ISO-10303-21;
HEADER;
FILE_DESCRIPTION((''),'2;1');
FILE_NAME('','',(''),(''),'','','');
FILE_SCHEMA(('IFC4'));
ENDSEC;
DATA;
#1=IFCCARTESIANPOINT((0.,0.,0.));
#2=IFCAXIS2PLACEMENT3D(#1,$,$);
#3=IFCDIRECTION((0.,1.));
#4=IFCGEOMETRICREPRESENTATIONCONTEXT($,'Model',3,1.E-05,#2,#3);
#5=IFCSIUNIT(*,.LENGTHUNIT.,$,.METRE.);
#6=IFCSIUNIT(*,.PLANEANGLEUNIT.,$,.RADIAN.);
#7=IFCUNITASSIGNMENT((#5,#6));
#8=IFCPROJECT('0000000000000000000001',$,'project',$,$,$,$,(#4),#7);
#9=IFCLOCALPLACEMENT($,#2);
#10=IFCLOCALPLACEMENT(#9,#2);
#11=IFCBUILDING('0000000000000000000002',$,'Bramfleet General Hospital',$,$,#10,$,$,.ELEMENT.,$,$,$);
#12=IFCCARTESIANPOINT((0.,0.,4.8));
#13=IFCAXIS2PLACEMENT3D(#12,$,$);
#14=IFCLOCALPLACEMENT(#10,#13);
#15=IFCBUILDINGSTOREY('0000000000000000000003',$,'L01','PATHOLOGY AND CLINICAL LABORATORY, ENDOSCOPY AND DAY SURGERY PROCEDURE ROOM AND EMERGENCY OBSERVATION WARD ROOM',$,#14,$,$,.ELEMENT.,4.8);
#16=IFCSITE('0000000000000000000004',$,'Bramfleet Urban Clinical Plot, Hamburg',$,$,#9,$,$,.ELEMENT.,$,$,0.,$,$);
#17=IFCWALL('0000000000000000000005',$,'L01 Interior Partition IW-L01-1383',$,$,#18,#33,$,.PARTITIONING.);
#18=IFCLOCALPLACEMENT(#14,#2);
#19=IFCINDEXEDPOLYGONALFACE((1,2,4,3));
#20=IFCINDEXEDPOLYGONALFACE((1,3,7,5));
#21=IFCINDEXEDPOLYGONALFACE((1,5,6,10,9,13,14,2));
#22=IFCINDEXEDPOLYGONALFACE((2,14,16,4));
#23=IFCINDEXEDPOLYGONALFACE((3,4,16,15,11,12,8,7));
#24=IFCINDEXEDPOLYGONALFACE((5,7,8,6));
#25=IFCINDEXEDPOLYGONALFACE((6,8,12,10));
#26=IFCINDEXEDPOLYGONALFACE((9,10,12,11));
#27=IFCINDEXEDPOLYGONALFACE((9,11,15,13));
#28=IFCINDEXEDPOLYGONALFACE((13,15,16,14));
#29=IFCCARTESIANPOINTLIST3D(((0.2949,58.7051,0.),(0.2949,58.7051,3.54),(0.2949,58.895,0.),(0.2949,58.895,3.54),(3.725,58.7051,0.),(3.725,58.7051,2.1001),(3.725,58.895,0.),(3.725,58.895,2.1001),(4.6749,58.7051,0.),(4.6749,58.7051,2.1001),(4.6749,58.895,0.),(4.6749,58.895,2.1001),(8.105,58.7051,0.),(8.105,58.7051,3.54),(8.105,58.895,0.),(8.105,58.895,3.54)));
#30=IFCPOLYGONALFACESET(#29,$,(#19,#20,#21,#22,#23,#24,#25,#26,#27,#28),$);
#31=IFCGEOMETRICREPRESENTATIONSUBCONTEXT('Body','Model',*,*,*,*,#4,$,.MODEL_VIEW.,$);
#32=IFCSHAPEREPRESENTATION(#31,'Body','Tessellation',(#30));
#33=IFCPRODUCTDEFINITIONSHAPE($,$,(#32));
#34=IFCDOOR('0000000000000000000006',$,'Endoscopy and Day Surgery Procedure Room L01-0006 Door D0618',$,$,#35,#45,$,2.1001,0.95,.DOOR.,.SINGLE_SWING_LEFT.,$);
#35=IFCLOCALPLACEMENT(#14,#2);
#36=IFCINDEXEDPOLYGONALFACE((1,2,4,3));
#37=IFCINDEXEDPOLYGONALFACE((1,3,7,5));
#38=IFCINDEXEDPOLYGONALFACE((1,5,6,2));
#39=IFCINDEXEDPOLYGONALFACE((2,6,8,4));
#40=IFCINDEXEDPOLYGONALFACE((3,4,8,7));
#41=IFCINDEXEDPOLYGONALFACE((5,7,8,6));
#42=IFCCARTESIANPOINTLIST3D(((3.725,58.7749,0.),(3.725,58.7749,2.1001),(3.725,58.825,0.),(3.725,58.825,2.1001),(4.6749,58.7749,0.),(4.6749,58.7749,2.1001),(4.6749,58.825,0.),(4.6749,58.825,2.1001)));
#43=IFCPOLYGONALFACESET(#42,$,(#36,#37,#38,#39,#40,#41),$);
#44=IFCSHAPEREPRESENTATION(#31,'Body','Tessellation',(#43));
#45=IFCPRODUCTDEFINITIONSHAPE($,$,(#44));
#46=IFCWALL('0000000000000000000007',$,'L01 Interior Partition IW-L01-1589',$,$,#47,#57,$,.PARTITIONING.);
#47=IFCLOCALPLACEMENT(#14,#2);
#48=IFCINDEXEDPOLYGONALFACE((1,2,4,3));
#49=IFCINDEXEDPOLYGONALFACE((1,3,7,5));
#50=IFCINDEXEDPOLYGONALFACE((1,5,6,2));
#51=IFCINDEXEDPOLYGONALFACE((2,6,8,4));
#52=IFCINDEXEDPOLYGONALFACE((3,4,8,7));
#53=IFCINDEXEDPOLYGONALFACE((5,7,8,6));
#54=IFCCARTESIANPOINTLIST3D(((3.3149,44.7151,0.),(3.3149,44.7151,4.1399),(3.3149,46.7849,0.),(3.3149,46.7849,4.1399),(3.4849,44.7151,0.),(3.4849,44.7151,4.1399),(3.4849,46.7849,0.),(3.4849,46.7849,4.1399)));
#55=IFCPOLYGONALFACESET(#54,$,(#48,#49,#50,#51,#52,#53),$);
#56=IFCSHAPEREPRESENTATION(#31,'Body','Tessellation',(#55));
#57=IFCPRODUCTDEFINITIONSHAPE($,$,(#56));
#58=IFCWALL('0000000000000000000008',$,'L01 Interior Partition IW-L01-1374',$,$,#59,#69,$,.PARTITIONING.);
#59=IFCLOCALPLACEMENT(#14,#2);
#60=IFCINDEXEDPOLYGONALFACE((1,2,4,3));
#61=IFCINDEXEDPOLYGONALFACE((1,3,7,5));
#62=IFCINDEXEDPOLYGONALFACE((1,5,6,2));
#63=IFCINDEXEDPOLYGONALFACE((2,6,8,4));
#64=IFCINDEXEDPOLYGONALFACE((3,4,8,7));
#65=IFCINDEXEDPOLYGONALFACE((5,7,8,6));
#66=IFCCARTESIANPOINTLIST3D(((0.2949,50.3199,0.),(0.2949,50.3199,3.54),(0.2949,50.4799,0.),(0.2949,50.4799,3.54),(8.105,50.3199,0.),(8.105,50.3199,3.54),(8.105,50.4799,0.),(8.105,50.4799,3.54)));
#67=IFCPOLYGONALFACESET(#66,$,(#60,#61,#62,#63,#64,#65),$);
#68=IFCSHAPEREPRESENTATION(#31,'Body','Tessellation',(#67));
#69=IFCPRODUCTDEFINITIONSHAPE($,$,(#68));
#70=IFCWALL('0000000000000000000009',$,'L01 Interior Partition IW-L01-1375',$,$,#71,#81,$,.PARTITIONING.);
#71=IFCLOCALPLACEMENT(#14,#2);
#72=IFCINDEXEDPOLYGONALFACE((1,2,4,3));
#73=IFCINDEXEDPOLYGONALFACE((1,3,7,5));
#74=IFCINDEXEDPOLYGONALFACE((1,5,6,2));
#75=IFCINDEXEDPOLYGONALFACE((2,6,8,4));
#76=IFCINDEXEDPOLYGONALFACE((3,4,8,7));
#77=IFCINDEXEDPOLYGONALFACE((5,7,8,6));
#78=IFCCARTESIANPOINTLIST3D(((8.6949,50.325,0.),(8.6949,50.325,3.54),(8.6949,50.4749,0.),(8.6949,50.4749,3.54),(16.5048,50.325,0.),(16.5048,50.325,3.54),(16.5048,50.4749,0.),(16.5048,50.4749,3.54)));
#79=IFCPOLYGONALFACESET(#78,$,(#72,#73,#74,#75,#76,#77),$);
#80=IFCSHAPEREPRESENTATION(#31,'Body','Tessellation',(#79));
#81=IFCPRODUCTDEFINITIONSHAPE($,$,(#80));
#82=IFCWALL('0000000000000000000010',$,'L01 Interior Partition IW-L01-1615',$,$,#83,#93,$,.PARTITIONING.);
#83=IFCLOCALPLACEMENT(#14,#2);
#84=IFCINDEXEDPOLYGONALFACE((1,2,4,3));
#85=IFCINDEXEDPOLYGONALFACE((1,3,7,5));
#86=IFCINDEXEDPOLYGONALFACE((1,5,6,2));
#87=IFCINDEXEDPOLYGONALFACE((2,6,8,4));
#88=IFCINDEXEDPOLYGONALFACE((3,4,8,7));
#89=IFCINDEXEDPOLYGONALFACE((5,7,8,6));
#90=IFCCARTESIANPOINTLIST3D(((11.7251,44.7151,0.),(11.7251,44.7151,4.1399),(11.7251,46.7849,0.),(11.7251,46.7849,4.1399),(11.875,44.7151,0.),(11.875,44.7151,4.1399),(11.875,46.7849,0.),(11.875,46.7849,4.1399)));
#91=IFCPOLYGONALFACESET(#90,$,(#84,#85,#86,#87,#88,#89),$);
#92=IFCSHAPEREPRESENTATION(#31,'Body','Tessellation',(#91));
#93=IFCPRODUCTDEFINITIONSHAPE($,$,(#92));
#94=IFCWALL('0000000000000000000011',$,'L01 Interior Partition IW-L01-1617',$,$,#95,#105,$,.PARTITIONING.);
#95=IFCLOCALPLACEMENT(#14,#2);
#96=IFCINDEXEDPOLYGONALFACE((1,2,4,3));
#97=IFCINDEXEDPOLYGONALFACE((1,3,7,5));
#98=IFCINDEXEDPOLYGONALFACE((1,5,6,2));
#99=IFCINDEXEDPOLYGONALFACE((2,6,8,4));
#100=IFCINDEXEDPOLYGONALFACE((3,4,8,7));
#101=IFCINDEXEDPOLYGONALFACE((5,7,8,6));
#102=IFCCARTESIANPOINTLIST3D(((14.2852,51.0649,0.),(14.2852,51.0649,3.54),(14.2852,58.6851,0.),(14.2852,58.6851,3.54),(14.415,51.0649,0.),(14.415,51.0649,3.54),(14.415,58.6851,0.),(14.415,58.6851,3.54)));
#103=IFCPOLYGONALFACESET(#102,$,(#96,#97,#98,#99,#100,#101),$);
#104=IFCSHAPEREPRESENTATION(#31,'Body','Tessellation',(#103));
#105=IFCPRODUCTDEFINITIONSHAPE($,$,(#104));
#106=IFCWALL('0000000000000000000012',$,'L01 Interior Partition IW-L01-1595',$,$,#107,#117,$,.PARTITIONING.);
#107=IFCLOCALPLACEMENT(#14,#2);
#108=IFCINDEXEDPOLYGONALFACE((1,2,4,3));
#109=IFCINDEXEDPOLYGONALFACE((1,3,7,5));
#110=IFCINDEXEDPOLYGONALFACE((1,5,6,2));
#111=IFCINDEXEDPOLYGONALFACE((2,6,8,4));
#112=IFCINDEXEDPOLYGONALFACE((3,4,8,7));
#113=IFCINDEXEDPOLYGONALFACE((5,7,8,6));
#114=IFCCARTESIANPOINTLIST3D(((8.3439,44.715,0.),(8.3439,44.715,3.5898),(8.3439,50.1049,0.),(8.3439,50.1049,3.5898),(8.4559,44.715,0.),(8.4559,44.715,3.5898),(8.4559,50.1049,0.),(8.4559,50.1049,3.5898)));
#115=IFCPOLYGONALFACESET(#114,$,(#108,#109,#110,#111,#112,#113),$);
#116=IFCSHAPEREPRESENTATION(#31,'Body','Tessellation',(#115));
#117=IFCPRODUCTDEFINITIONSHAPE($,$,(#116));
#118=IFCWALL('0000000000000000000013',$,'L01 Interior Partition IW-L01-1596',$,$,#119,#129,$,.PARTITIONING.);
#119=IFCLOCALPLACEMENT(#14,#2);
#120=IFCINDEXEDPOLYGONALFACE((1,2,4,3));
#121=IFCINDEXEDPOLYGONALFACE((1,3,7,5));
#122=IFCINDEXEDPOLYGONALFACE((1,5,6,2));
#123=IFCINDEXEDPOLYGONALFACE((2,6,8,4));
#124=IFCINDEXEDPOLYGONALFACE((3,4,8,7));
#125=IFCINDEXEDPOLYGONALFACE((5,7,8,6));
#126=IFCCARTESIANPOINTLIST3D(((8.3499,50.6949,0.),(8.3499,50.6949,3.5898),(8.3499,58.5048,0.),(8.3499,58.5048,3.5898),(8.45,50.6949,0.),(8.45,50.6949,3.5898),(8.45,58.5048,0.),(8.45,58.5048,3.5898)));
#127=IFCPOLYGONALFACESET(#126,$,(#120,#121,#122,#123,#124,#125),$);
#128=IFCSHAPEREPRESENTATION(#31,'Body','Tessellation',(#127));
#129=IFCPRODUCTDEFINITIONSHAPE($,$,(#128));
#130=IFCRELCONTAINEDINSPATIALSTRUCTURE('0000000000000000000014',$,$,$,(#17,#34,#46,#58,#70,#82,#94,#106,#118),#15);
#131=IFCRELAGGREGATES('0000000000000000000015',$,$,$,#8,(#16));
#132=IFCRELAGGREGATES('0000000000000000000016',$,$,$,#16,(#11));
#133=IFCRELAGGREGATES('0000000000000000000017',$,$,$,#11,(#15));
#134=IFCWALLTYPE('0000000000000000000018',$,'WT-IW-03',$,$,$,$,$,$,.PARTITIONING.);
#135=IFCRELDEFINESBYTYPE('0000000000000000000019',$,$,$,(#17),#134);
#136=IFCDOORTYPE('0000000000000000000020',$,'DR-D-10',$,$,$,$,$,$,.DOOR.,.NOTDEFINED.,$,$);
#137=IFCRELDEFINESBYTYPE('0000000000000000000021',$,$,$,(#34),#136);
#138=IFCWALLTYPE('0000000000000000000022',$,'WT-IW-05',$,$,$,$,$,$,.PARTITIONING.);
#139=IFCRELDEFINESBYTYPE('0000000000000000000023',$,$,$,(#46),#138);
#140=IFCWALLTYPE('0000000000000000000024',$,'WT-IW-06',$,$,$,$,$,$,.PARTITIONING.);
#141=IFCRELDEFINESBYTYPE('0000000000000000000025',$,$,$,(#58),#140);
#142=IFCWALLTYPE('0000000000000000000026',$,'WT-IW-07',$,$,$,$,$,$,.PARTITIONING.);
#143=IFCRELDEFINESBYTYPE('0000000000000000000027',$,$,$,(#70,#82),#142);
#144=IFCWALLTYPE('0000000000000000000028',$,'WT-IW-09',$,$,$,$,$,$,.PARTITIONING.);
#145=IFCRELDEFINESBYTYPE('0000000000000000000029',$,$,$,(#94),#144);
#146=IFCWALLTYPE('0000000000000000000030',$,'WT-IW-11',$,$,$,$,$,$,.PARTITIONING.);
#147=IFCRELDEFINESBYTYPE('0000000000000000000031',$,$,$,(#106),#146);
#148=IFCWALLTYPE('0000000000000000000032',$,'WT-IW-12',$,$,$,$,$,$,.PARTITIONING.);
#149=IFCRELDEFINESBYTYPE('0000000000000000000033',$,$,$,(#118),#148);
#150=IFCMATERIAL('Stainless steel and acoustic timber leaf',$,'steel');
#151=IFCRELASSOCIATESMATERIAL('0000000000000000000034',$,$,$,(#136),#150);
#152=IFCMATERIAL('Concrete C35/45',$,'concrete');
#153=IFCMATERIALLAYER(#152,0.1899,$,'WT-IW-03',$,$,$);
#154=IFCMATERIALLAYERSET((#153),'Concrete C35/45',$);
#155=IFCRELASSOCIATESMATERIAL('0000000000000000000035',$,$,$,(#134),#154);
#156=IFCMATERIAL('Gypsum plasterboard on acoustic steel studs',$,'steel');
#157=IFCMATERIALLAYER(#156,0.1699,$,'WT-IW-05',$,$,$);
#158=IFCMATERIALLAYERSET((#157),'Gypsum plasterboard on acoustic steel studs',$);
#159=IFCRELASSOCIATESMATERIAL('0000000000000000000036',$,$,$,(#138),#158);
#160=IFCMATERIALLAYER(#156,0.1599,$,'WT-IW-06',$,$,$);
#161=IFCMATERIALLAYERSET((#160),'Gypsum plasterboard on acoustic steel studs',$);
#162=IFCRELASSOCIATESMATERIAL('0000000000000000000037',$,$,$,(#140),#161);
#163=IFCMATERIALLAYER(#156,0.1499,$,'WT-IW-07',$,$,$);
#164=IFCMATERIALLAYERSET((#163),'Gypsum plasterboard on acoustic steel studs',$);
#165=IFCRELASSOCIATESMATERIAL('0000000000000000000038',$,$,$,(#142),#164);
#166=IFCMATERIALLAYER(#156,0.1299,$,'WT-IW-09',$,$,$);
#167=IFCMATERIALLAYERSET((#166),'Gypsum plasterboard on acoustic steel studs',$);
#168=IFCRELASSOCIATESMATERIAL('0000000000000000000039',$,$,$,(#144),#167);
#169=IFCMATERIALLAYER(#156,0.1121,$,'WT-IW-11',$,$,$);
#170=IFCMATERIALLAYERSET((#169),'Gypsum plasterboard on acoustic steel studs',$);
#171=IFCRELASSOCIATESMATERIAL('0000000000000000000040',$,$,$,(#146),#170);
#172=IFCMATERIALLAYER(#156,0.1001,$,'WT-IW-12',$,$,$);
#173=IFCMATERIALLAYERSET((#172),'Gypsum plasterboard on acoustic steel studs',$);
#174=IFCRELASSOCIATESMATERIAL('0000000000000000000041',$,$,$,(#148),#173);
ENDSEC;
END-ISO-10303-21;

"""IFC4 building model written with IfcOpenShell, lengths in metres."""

from ifc_helpers import new_model, si_unit, direction, frame, frame_2d, origin, place, context, subcontext, project, spatial, rectangle, extrude, material, layer, layer_set, type_object, element, fill, save


model = new_model("IFC4")

# Units and contexts
model_context = context("Model", 3, precision=1e-05, world=origin(), true_north=direction((0.0, 1.0)))
body_context = subcontext(model_context, "Body", "Model", "MODEL_VIEW")
ifc_project = project(units=[si_unit("LENGTHUNIT", "METRE"), si_unit("PLANEANGLEUNIT", "RADIAN")], contexts=[model_context])

# Site, building, storey
site_placement = place(None, origin())
site = spatial("IfcSite", under=ifc_project, at=site_placement, Name="Bramfleet Urban Clinical Plot, Hamburg", CompositionType="ELEMENT", RefElevation=0.0)
building_placement = place(site_placement, origin())
building = spatial("IfcBuilding", under=site, at=building_placement, Name="Bramfleet General Hospital", CompositionType="ELEMENT")
storey_placement = place(building_placement, frame((0.0, 0.0, 4.8)))
storey = spatial("IfcBuildingStorey", under=building, at=storey_placement, Name="L01", Description="PATHOLOGY AND CLINICAL LABORATORY, ENDOSCOPY AND DAY SURGERY PROCEDURE ROOM AND EMERGENCY OBSERVATION WARD ROOM", CompositionType="ELEMENT", Elevation=4.8)

# Shared definitions
ifc_material_1 = material(Name="Concrete C35/45", Category="concrete")

# Shared definitions
ifc_material_2 = material(Name="Stainless steel and acoustic timber leaf", Category="steel")
door_type = type_object("IfcDoorType", Name="DR-D-10", OperationType="NOTDEFINED", PredefinedType="DOOR", material=ifc_material_2)

# Wall, opening, door
ifc_layer_1 = layer(ifc_material_1, 0.1899, Name="WT-IW-03")
ifc_layer_set_1 = layer_set([ifc_layer_1], Name="Concrete C35/45")
wall_type_1 = type_object("IfcWallType", Name="WT-IW-03", PredefinedType="PARTITIONING", material=ifc_layer_set_1)
wall_1_placement = place(storey_placement, frame((0.2949, 58.8, 0.0), z_axis=(0.0, 0.0, 1.0), x_axis=(1.0, 0.0, 0.0)))
wall_1 = element("IfcWall", 1, at=wall_1_placement, inside=storey, type_object=wall_type_1, Name="L01 Interior Partition IW-L01-1383", PredefinedType="PARTITIONING", context=body_context, shape_type="SweptSolid", body=[
    extrude(rectangle(XDim=7.8101, YDim=0.1899, at=frame_2d((3.905, 0.0))), origin(), (0.0, 0.0, 1.0), 3.54),
])
opening_1_placement = place(wall_1_placement, frame((3.4299, 0.0, 0.0)))
opening_1 = element("IfcOpeningElement", 2, at=opening_1_placement, cuts=wall_1, PredefinedType="OPENING", context=body_context, shape_type="SweptSolid", body=[
    extrude(rectangle(XDim=0.95, YDim=2.1001, at=frame_2d((0.4751, 1.05))), frame((0.0, 0.105, 0.0), z_axis=(0.0, -1.0, 0.0), x_axis=(1.0, 0.0, 0.0)), (0.0, 0.0, 1.0), 0.21),
])
door_1_placement = place(opening_1_placement, origin())
door_1 = element("IfcDoor", 3, at=door_1_placement, inside=storey, type_object=door_type, Name="Endoscopy and Day Surgery Procedure Room L01-0006 Door D0618", OperationType="SINGLE_SWING_LEFT", OverallHeight=2.1001, OverallWidth=0.95, PredefinedType="DOOR", context=body_context, shape_type="SweptSolid", body=[
    extrude(rectangle(XDim=0.95, YDim=2.1001, at=frame_2d((0.4751, 1.05))), frame((0.0, 0.0249, 0.0), z_axis=(0.0, -1.0, 0.0), x_axis=(1.0, 0.0, 0.0)), (0.0, 0.0, 1.0), 0.05),
])
fill(opening_1, door_1)

# Walls
ifc_material_3 = material(Name="Gypsum plasterboard on acoustic steel studs", Category="steel")
ifc_layer_2 = layer(ifc_material_3, 0.1699, Name="WT-IW-05")
ifc_layer_set_2 = layer_set([ifc_layer_2], Name="Gypsum plasterboard on acoustic steel studs")
wall_type_2 = type_object("IfcWallType", Name="WT-IW-05", PredefinedType="PARTITIONING", material=ifc_layer_set_2)
wall_2_placement = place(storey_placement, frame((3.3999, 44.7151, 0.0), z_axis=(0.0, 0.0, 1.0), x_axis=(0.0, 1.0, 0.0)))
element("IfcWall", 4, at=wall_2_placement, inside=storey, type_object=wall_type_2, Name="L01 Interior Partition IW-L01-1589", PredefinedType="PARTITIONING", context=body_context, shape_type="SweptSolid", body=[
    extrude(rectangle(XDim=2.0698, YDim=0.1699, at=frame_2d((1.0349, 0.0))), origin(), (0.0, 0.0, 1.0), 4.1399),
])
ifc_layer_3 = layer(ifc_material_3, 0.1599, Name="WT-IW-06")
ifc_layer_set_3 = layer_set([ifc_layer_3], Name="Gypsum plasterboard on acoustic steel studs")
wall_type_3 = type_object("IfcWallType", Name="WT-IW-06", PredefinedType="PARTITIONING", material=ifc_layer_set_3)
wall_3_placement = place(storey_placement, frame((0.2949, 50.3999, 0.0), z_axis=(0.0, 0.0, 1.0), x_axis=(1.0, 0.0, 0.0)))
element("IfcWall", 5, at=wall_3_placement, inside=storey, type_object=wall_type_3, Name="L01 Interior Partition IW-L01-1374", PredefinedType="PARTITIONING", context=body_context, shape_type="SweptSolid", body=[
    extrude(rectangle(XDim=7.8101, YDim=0.1599, at=frame_2d((3.905, 0.0))), origin(), (0.0, 0.0, 1.0), 3.54),
])
ifc_layer_4 = layer(ifc_material_3, 0.1499, Name="WT-IW-07")
ifc_layer_set_4 = layer_set([ifc_layer_4], Name="Gypsum plasterboard on acoustic steel studs")
wall_type_4 = type_object("IfcWallType", Name="WT-IW-07", PredefinedType="PARTITIONING", material=ifc_layer_set_4)
wall_4_placement = place(storey_placement, frame((8.6951, 50.3999, 0.0), z_axis=(0.0, 0.0, 1.0), x_axis=(1.0, 0.0, 0.0)))
element("IfcWall", 6, at=wall_4_placement, inside=storey, type_object=wall_type_4, Name="L01 Interior Partition IW-L01-1375", PredefinedType="PARTITIONING", context=body_context, shape_type="SweptSolid", body=[
    extrude(rectangle(XDim=7.8098, YDim=0.1499, at=frame_2d((3.9048, 0.0))), origin(), (0.0, 0.0, 1.0), 3.54),
])
wall_5_placement = place(storey_placement, frame((11.8, 44.7151, 0.0), z_axis=(0.0, 0.0, 1.0), x_axis=(0.0, 1.0, 0.0)))
element("IfcWall", 7, at=wall_5_placement, inside=storey, type_object=wall_type_4, Name="L01 Interior Partition IW-L01-1615", PredefinedType="PARTITIONING", context=body_context, shape_type="SweptSolid", body=[
    extrude(rectangle(XDim=2.0698, YDim=0.1499, at=frame_2d((1.0349, 0.0))), origin(), (0.0, 0.0, 1.0), 4.1399),
])
ifc_layer_5 = layer(ifc_material_3, 0.1299, Name="WT-IW-09")
ifc_layer_set_5 = layer_set([ifc_layer_5], Name="Gypsum plasterboard on acoustic steel studs")
wall_type_5 = type_object("IfcWallType", Name="WT-IW-09", PredefinedType="PARTITIONING", material=ifc_layer_set_5)
wall_6_placement = place(storey_placement, frame((14.3501, 51.0649, 0.0), z_axis=(0.0, 0.0, 1.0), x_axis=(0.0, 1.0, 0.0)))
element("IfcWall", 8, at=wall_6_placement, inside=storey, type_object=wall_type_5, Name="L01 Interior Partition IW-L01-1617", PredefinedType="PARTITIONING", context=body_context, shape_type="SweptSolid", body=[
    extrude(rectangle(XDim=7.6201, YDim=0.1299, at=frame_2d((3.8101, 0.0))), origin(), (0.0, 0.0, 1.0), 3.54),
])
ifc_layer_6 = layer(ifc_material_3, 0.1121, Name="WT-IW-11")
ifc_layer_set_6 = layer_set([ifc_layer_6], Name="Gypsum plasterboard on acoustic steel studs")
wall_type_6 = type_object("IfcWallType", Name="WT-IW-11", PredefinedType="PARTITIONING", material=ifc_layer_set_6)
wall_7_placement = place(storey_placement, frame((8.3999, 44.7151, 0.0), z_axis=(0.0, 0.0, 1.0), x_axis=(0.0, 1.0, 0.0)))
element("IfcWall", 9, at=wall_7_placement, inside=storey, type_object=wall_type_6, Name="L01 Interior Partition IW-L01-1595", PredefinedType="PARTITIONING", context=body_context, shape_type="SweptSolid", body=[
    extrude(rectangle(XDim=5.3899, YDim=0.1121, at=frame_2d((2.6948, 0.0))), origin(), (0.0, 0.0, 1.0), 3.5898),
])
ifc_layer_7 = layer(ifc_material_3, 0.1001, Name="WT-IW-12")
ifc_layer_set_7 = layer_set([ifc_layer_7], Name="Gypsum plasterboard on acoustic steel studs")
wall_type_7 = type_object("IfcWallType", Name="WT-IW-12", PredefinedType="PARTITIONING", material=ifc_layer_set_7)
wall_8_placement = place(storey_placement, frame((8.3999, 50.6951, 0.0), z_axis=(0.0, 0.0, 1.0), x_axis=(0.0, 1.0, 0.0)))
element("IfcWall", 10, at=wall_8_placement, inside=storey, type_object=wall_type_7, Name="L01 Interior Partition IW-L01-1596", PredefinedType="PARTITIONING", context=body_context, shape_type="SweptSolid", body=[
    extrude(rectangle(XDim=7.8098, YDim=0.1001, at=frame_2d((3.9048, 0.0))), origin(), (0.0, 0.0, 1.0), 3.5898),
])

save(model, "model.ifc")
